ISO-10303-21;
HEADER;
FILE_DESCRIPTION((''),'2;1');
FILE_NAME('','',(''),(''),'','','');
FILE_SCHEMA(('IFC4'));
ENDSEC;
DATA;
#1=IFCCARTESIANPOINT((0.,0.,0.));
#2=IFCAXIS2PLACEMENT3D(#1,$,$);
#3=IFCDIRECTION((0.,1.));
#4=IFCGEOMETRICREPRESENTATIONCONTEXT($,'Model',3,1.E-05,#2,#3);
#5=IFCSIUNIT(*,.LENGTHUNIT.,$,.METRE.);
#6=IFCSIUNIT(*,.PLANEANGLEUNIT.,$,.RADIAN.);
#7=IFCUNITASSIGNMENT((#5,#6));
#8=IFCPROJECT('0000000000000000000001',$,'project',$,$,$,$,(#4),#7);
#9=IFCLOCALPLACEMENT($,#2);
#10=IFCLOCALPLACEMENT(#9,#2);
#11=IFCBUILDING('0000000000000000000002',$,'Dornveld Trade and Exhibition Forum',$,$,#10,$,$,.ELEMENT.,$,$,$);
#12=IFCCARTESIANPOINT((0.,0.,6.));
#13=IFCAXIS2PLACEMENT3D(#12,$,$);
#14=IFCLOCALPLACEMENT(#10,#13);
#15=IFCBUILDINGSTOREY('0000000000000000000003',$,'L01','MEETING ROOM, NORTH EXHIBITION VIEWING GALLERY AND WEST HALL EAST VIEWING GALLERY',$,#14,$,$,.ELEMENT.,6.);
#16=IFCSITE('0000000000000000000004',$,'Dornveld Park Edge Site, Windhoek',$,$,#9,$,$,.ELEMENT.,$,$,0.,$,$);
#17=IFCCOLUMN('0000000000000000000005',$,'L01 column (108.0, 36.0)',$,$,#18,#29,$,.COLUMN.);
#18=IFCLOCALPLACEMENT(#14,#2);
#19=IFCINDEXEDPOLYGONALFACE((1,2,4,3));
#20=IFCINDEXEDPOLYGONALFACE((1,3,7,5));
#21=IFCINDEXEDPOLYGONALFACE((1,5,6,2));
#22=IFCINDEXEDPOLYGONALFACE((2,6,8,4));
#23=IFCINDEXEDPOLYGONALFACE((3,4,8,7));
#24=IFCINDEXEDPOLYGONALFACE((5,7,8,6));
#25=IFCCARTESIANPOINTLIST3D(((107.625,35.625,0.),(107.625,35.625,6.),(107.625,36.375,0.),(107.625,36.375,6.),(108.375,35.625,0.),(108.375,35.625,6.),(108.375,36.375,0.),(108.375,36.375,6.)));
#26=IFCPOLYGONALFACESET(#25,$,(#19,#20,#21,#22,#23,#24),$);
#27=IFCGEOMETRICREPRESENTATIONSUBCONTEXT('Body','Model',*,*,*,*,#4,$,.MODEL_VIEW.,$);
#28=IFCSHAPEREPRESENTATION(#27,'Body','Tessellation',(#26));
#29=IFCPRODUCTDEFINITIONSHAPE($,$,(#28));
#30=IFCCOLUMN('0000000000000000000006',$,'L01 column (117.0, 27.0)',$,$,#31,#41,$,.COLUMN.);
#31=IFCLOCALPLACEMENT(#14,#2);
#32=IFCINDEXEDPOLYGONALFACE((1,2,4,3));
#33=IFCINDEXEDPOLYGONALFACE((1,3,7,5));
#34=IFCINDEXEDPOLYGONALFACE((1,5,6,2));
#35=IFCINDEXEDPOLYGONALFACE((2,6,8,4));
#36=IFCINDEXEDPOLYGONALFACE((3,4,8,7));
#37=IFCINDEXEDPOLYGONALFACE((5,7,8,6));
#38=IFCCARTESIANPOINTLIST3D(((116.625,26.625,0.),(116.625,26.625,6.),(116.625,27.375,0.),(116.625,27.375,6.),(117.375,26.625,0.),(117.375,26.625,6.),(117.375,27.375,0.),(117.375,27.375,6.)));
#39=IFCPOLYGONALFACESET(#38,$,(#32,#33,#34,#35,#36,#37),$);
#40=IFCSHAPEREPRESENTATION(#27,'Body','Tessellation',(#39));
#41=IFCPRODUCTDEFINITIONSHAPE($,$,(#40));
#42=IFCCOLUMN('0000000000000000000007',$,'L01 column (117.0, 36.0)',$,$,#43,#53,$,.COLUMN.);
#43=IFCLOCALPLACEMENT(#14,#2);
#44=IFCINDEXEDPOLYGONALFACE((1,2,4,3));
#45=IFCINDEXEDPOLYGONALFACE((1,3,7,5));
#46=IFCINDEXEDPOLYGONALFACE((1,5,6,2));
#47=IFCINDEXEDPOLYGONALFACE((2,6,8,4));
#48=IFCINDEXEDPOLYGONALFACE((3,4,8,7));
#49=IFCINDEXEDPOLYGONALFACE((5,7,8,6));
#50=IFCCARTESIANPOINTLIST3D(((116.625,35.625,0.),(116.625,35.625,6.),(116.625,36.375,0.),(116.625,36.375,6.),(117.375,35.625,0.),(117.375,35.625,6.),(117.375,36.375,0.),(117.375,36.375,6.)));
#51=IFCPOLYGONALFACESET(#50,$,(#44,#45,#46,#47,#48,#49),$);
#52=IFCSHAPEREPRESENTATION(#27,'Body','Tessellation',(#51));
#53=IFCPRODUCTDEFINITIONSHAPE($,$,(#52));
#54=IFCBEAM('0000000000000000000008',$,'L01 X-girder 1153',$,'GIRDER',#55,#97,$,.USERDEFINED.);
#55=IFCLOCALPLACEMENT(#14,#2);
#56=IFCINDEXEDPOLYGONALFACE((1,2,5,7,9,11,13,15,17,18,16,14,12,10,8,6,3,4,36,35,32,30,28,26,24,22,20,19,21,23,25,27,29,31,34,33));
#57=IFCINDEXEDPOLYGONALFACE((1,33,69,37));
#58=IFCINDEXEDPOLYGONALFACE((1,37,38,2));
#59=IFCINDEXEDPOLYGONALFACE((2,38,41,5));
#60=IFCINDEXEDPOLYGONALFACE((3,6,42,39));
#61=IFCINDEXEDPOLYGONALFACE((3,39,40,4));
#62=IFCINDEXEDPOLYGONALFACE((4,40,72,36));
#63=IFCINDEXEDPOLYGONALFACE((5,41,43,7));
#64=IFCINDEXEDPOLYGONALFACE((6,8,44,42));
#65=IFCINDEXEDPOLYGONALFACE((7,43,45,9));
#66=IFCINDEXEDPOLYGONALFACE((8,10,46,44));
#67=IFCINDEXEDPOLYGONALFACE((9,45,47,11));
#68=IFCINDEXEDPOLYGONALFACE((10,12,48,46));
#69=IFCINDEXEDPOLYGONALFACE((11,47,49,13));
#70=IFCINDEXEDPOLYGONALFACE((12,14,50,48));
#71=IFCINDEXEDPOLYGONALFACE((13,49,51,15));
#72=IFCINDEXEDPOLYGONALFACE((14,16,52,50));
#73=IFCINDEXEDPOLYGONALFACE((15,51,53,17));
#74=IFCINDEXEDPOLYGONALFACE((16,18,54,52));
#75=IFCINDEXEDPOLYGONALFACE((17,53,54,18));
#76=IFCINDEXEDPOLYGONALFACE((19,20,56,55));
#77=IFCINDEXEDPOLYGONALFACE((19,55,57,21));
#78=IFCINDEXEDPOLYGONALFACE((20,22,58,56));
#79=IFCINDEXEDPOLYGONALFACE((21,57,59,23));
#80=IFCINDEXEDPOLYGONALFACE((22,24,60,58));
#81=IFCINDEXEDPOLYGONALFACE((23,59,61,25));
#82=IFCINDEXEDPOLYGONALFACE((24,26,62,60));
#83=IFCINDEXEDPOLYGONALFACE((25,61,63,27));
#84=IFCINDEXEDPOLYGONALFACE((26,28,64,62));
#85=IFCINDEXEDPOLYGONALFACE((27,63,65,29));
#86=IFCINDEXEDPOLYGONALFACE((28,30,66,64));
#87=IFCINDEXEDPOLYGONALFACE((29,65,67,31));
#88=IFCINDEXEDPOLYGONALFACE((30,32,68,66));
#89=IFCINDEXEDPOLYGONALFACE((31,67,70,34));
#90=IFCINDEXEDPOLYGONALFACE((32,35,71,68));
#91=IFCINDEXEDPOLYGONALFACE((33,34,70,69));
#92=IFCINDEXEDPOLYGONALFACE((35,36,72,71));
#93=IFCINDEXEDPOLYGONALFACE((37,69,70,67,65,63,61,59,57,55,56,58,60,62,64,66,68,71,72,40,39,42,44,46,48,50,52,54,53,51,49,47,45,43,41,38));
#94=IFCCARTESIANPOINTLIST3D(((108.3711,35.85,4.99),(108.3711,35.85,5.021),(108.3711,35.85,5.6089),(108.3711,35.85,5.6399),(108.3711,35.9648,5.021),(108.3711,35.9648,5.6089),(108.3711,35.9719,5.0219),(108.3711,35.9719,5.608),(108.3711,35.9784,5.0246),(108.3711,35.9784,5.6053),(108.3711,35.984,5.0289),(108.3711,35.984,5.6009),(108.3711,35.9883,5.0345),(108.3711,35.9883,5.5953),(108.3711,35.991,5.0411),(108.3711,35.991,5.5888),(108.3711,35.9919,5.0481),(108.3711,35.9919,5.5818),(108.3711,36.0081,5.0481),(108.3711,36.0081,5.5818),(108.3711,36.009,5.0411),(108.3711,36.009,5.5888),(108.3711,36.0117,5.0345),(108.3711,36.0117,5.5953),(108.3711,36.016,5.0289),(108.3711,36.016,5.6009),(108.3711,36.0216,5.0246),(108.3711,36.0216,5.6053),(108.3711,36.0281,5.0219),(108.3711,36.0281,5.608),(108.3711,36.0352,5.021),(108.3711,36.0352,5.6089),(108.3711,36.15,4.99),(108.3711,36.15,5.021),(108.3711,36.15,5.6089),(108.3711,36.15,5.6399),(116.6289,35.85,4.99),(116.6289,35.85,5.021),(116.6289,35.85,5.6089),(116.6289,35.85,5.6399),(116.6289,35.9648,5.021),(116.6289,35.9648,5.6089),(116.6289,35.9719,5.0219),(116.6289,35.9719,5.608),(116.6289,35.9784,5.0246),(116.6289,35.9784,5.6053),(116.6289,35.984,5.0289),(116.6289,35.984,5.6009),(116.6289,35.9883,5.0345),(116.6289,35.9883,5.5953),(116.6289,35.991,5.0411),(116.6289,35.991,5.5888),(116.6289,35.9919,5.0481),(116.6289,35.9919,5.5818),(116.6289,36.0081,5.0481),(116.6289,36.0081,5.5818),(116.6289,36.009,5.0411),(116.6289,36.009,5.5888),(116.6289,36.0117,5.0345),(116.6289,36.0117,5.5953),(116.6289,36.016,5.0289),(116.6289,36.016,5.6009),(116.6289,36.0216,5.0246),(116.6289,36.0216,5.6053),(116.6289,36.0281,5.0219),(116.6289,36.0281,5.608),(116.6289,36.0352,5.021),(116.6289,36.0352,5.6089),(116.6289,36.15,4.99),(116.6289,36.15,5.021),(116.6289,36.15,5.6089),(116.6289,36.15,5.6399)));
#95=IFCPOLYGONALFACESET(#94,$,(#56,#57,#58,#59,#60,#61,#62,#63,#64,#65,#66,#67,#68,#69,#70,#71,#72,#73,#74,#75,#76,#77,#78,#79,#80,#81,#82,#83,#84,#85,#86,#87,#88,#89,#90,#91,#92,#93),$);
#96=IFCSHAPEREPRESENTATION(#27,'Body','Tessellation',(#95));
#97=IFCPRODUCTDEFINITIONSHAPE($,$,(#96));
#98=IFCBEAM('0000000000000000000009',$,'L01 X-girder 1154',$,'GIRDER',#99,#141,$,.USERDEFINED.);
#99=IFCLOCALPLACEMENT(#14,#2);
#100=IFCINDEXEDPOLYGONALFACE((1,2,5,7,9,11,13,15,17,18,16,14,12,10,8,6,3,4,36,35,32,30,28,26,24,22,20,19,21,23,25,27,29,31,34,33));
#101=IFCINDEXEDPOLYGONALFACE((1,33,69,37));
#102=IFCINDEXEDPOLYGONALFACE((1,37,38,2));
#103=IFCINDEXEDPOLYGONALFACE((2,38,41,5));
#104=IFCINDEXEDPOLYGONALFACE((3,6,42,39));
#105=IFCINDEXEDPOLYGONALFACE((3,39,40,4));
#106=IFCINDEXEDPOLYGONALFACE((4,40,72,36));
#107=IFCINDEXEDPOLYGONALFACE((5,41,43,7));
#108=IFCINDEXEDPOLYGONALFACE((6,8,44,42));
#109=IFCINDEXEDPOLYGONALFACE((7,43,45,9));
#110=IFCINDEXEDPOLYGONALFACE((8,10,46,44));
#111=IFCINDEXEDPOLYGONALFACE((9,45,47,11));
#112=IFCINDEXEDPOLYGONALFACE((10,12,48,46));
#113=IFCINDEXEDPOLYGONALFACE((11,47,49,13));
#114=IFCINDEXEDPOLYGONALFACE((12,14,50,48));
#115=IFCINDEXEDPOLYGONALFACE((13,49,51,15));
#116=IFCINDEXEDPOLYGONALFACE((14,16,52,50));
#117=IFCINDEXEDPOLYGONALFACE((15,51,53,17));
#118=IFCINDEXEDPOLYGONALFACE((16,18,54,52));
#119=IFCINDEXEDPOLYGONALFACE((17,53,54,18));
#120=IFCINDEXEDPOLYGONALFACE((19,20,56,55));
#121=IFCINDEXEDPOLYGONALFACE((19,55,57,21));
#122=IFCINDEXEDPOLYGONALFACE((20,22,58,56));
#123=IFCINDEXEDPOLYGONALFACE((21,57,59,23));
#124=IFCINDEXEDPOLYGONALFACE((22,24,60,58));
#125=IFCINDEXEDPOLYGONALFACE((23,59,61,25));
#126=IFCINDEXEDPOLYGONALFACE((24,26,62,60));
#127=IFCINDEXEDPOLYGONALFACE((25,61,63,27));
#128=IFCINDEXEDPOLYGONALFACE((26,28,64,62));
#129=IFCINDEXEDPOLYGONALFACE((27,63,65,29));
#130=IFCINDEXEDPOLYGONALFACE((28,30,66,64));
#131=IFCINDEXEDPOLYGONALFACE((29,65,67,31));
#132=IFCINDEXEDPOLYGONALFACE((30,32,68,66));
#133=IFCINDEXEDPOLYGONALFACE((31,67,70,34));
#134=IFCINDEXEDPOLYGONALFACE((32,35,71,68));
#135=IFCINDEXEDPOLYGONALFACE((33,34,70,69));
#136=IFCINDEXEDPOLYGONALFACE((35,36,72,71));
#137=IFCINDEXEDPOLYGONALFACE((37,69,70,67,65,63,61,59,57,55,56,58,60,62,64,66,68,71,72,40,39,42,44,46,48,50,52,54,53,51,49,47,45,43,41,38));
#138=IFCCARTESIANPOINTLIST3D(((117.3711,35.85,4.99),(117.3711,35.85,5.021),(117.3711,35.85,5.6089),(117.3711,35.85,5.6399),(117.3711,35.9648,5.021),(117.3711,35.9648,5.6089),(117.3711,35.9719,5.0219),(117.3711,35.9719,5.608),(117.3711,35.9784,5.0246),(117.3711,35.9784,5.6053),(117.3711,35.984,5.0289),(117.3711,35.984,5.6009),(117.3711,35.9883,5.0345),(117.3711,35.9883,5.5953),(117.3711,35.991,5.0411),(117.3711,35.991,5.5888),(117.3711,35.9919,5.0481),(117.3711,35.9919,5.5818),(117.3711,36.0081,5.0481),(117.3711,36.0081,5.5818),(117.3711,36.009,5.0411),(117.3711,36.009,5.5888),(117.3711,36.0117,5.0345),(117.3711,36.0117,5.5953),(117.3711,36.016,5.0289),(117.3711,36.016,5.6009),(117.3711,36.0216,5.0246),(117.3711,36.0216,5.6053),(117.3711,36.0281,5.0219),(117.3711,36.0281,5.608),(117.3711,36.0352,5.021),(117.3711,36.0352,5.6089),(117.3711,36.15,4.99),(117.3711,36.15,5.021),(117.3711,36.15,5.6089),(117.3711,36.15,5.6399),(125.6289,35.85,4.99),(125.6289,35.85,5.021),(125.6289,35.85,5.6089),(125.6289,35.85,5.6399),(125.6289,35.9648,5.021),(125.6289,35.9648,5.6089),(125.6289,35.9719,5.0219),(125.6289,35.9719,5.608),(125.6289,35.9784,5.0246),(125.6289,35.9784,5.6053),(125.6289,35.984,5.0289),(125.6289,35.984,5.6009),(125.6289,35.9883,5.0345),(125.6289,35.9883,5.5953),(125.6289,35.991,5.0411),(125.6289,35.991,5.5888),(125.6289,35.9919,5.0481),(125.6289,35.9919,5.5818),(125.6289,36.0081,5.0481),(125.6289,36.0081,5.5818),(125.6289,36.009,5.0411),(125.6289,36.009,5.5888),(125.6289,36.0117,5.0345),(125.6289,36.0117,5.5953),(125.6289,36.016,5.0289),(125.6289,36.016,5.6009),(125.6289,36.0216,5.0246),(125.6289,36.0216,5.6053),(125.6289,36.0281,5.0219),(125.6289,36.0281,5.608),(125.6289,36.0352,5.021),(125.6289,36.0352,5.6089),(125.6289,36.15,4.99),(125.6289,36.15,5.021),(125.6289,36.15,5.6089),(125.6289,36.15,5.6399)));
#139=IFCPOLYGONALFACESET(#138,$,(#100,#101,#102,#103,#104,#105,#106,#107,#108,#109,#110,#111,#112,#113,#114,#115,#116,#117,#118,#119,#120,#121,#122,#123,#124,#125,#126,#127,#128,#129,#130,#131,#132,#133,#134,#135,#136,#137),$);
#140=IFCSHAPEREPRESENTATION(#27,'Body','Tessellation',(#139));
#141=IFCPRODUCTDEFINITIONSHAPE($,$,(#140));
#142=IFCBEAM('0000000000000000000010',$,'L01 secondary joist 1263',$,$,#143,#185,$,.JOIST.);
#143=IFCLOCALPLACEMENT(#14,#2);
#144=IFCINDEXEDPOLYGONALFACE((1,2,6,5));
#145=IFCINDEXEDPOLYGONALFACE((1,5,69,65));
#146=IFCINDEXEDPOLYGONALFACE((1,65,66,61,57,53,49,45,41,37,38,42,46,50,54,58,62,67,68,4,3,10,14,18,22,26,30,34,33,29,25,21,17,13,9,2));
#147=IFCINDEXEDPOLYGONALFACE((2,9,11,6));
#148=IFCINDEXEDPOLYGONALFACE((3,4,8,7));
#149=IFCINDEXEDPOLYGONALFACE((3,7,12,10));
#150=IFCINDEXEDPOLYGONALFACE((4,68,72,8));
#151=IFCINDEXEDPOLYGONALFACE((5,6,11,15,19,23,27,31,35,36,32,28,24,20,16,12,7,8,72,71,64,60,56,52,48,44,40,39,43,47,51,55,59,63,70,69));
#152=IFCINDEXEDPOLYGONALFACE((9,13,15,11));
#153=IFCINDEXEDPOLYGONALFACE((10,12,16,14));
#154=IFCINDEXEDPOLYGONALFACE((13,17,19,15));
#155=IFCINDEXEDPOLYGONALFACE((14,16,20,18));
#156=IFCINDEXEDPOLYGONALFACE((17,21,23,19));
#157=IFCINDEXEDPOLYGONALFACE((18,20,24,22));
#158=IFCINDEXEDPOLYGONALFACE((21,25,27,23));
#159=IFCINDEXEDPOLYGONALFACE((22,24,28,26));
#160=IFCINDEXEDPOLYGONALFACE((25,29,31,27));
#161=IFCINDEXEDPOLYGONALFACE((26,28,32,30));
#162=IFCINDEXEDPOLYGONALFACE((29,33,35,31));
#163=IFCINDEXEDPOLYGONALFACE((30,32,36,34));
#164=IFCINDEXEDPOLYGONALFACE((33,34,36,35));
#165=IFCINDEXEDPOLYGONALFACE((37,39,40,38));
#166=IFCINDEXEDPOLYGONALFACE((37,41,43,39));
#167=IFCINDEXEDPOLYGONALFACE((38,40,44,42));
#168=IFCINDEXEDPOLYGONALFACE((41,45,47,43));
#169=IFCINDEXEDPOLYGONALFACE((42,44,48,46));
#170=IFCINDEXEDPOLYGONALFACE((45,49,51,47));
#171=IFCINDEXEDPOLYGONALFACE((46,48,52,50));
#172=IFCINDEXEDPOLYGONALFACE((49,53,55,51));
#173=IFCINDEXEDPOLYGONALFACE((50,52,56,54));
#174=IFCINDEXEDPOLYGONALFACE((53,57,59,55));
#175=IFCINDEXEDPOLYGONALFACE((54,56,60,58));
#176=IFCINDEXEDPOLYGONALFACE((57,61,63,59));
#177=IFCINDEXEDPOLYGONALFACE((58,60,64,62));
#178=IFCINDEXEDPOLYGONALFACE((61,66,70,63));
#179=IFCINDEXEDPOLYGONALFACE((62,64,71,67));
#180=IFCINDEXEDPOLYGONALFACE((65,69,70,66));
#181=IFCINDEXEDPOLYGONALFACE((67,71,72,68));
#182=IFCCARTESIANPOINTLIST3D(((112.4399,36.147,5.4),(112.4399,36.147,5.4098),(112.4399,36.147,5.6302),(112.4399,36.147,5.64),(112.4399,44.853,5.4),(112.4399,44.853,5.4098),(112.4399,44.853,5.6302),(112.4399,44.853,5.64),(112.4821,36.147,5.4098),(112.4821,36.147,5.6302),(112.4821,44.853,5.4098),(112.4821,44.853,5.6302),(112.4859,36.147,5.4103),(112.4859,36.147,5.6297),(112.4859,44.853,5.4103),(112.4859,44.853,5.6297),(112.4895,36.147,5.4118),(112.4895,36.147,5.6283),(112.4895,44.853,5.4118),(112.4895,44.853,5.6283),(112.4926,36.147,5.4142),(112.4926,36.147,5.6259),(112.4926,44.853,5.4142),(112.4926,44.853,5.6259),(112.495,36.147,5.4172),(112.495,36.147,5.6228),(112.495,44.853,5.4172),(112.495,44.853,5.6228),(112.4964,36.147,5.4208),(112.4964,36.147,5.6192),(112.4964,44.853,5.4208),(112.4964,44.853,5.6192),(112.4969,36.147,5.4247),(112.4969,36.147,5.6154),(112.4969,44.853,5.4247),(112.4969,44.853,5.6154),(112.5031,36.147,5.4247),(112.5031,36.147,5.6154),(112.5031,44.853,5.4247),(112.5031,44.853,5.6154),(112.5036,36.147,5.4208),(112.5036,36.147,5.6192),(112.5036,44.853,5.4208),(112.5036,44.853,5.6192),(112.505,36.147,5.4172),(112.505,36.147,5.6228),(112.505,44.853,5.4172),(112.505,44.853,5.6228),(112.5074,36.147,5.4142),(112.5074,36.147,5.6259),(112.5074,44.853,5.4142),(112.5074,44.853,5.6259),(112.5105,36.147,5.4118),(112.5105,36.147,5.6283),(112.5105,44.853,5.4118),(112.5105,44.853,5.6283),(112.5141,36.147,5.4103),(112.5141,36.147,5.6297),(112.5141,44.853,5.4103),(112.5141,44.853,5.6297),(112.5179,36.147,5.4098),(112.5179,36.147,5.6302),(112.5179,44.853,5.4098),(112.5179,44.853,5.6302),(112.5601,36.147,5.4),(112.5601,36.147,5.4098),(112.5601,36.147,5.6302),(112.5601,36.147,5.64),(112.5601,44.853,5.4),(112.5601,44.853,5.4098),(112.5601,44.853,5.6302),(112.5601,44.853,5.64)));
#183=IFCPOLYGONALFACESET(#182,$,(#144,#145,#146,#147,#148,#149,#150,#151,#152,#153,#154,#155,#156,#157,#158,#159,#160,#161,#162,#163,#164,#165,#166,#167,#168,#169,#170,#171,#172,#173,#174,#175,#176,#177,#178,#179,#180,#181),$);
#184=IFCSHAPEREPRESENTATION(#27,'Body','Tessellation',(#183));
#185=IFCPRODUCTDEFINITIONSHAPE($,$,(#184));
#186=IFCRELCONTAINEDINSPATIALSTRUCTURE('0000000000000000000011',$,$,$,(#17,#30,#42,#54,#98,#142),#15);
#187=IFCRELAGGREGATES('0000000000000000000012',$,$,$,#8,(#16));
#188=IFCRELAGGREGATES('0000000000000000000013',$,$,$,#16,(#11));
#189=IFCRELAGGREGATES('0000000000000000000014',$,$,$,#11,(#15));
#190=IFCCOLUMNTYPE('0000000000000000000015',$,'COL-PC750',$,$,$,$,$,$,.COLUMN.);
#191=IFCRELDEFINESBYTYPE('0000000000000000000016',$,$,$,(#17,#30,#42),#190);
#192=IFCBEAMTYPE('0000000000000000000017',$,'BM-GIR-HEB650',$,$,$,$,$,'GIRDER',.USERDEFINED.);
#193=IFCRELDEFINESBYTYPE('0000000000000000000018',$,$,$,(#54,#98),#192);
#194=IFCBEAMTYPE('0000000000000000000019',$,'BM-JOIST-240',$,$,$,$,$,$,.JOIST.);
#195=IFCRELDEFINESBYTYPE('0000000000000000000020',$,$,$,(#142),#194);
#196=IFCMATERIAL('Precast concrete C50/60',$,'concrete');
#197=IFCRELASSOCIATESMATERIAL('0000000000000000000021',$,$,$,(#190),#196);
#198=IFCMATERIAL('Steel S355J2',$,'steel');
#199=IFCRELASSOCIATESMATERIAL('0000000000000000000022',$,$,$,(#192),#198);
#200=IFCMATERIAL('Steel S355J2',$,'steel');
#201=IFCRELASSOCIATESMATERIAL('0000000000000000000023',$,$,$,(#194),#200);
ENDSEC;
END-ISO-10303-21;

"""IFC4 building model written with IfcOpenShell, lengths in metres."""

from ifc_helpers import new_model, si_unit, direction, frame, origin, origin_2d, place, context, subcontext, project, spatial, rectangle, i_section, extrude, material, material_profile, profile_set, type_object, element, save


model = new_model("IFC4")

# Units and contexts
model_context = context("Model", 3, precision=1e-05, world=origin(), true_north=direction((0.0, 1.0)))
body_context = subcontext(model_context, "Body", "Model", "MODEL_VIEW")
ifc_project = project(units=[si_unit("LENGTHUNIT", "METRE"), si_unit("PLANEANGLEUNIT", "RADIAN")], contexts=[model_context])

# Site, building, storey
site_placement = place(None, origin())
site = spatial("IfcSite", under=ifc_project, at=site_placement, Name="Dornveld Park Edge Site, Windhoek", CompositionType="ELEMENT", RefElevation=0.0)
building_placement = place(site_placement, origin())
building = spatial("IfcBuilding", under=site, at=building_placement, Name="Dornveld Trade and Exhibition Forum", CompositionType="ELEMENT")
storey_placement = place(building_placement, frame((0.0, 0.0, 6.0)))
storey = spatial("IfcBuildingStorey", under=building, at=storey_placement, Name="L01", Description="MEETING ROOM, NORTH EXHIBITION VIEWING GALLERY AND WEST HALL EAST VIEWING GALLERY", CompositionType="ELEMENT", Elevation=6.0)

# Columns
ifc_material_1 = material(Name="Precast concrete C50/60", Category="concrete")
ifc_material_profile_1 = material_profile(ifc_material_1, rectangle(XDim=0.75, YDim=0.75, at=origin_2d()), Name="PC-COL 750x750")
ifc_profile_set_1 = profile_set([ifc_material_profile_1], Name="Precast concrete C50/60")
column_type = type_object("IfcColumnType", Name="COL-PC750", PredefinedType="COLUMN", material=ifc_profile_set_1)
for number, where, z_axis, x_axis, name in (
    (1, (108.0, 36.0, 0.0), (0.0, 0.0, 1.0), (1.0, 0.0, 0.0), "L01 column (108.0, 36.0)"),
    (2, (117.0, 27.0, 0.0), (0.0, 0.0, 1.0), (1.0, 0.0, 0.0), "L01 column (117.0, 27.0)"),
    (3, (117.0, 36.0, 0.0), (0.0, 0.0, 1.0), (1.0, 0.0, 0.0), "L01 column (117.0, 36.0)"),
):
    element("IfcColumn", number, at=place(storey_placement, frame(where, z_axis=z_axis, x_axis=x_axis)), inside=storey, type_object=column_type, Name=name, PredefinedType="COLUMN", context=body_context, shape_type="SweptSolid", body=[
        extrude(rectangle(XDim=0.75, YDim=0.75, at=origin_2d()), origin(), (0.0, 0.0, 1.0), 6.0),
    ])

# Beams
ifc_material_2 = material(Name="Steel S355J2", Category="steel")
ifc_material_profile_2 = material_profile(ifc_material_2, i_section(OverallWidth=0.3, OverallDepth=0.6499, WebThickness=0.0161, FlangeThickness=0.031, FilletRadius=0.0271, at=origin_2d()), Name="HEB 650")
ifc_profile_set_2 = profile_set([ifc_material_profile_2], Name="Steel S355J2")
beam_type_1 = type_object("IfcBeamType", Name="BM-GIR-HEB650", ElementType="GIRDER", PredefinedType="USERDEFINED", material=ifc_profile_set_2)
for number, where, z_axis, x_axis, name in (
    (4, (108.3711, 36.0, 5.3149), (1.0, 0.0, 0.0), (0.0, 1.0, 0.0), "L01 X-girder 1153"),
    (5, (117.3711, 36.0, 5.3149), (1.0, 0.0, 0.0), (0.0, 1.0, 0.0), "L01 X-girder 1154"),
):
    element("IfcBeam", number, at=place(storey_placement, frame(where, z_axis=z_axis, x_axis=x_axis)), inside=storey, type_object=beam_type_1, Name=name, ObjectType="GIRDER", PredefinedType="USERDEFINED", context=body_context, shape_type="SweptSolid", body=[
        extrude(i_section(OverallWidth=0.3, OverallDepth=0.6499, WebThickness=0.0161, FlangeThickness=0.031, FilletRadius=0.0271, at=origin_2d()), origin(), (0.0, 0.0, 1.0), 8.2578),
    ])
ifc_material_3 = material(Name="Steel S355J2", Category="steel")
ifc_material_profile_3 = material_profile(ifc_material_3, i_section(OverallWidth=0.1201, OverallDepth=0.24, WebThickness=0.0061, FlangeThickness=0.0098, FilletRadius=0.0149, at=origin_2d()), Name="IPE 240")
ifc_profile_set_3 = profile_set([ifc_material_profile_3], Name="Steel S355J2")
beam_type_2 = type_object("IfcBeamType", Name="BM-JOIST-240", PredefinedType="JOIST", material=ifc_profile_set_3)
beam_1_placement = place(storey_placement, frame((112.5, 36.147, 5.52), z_axis=(0.0, 1.0, 0.0), x_axis=(-1.0, 0.0, 0.0)))
element("IfcBeam", 6, at=beam_1_placement, inside=storey, type_object=beam_type_2, Name="L01 secondary joist 1263", PredefinedType="JOIST", context=body_context, shape_type="SweptSolid", body=[
    extrude(i_section(OverallWidth=0.1201, OverallDepth=0.24, WebThickness=0.0061, FlangeThickness=0.0098, FilletRadius=0.0149, at=origin_2d()), origin(), (0.0, 0.0, 1.0), 8.7061),
])

save(model, "model.ifc")
